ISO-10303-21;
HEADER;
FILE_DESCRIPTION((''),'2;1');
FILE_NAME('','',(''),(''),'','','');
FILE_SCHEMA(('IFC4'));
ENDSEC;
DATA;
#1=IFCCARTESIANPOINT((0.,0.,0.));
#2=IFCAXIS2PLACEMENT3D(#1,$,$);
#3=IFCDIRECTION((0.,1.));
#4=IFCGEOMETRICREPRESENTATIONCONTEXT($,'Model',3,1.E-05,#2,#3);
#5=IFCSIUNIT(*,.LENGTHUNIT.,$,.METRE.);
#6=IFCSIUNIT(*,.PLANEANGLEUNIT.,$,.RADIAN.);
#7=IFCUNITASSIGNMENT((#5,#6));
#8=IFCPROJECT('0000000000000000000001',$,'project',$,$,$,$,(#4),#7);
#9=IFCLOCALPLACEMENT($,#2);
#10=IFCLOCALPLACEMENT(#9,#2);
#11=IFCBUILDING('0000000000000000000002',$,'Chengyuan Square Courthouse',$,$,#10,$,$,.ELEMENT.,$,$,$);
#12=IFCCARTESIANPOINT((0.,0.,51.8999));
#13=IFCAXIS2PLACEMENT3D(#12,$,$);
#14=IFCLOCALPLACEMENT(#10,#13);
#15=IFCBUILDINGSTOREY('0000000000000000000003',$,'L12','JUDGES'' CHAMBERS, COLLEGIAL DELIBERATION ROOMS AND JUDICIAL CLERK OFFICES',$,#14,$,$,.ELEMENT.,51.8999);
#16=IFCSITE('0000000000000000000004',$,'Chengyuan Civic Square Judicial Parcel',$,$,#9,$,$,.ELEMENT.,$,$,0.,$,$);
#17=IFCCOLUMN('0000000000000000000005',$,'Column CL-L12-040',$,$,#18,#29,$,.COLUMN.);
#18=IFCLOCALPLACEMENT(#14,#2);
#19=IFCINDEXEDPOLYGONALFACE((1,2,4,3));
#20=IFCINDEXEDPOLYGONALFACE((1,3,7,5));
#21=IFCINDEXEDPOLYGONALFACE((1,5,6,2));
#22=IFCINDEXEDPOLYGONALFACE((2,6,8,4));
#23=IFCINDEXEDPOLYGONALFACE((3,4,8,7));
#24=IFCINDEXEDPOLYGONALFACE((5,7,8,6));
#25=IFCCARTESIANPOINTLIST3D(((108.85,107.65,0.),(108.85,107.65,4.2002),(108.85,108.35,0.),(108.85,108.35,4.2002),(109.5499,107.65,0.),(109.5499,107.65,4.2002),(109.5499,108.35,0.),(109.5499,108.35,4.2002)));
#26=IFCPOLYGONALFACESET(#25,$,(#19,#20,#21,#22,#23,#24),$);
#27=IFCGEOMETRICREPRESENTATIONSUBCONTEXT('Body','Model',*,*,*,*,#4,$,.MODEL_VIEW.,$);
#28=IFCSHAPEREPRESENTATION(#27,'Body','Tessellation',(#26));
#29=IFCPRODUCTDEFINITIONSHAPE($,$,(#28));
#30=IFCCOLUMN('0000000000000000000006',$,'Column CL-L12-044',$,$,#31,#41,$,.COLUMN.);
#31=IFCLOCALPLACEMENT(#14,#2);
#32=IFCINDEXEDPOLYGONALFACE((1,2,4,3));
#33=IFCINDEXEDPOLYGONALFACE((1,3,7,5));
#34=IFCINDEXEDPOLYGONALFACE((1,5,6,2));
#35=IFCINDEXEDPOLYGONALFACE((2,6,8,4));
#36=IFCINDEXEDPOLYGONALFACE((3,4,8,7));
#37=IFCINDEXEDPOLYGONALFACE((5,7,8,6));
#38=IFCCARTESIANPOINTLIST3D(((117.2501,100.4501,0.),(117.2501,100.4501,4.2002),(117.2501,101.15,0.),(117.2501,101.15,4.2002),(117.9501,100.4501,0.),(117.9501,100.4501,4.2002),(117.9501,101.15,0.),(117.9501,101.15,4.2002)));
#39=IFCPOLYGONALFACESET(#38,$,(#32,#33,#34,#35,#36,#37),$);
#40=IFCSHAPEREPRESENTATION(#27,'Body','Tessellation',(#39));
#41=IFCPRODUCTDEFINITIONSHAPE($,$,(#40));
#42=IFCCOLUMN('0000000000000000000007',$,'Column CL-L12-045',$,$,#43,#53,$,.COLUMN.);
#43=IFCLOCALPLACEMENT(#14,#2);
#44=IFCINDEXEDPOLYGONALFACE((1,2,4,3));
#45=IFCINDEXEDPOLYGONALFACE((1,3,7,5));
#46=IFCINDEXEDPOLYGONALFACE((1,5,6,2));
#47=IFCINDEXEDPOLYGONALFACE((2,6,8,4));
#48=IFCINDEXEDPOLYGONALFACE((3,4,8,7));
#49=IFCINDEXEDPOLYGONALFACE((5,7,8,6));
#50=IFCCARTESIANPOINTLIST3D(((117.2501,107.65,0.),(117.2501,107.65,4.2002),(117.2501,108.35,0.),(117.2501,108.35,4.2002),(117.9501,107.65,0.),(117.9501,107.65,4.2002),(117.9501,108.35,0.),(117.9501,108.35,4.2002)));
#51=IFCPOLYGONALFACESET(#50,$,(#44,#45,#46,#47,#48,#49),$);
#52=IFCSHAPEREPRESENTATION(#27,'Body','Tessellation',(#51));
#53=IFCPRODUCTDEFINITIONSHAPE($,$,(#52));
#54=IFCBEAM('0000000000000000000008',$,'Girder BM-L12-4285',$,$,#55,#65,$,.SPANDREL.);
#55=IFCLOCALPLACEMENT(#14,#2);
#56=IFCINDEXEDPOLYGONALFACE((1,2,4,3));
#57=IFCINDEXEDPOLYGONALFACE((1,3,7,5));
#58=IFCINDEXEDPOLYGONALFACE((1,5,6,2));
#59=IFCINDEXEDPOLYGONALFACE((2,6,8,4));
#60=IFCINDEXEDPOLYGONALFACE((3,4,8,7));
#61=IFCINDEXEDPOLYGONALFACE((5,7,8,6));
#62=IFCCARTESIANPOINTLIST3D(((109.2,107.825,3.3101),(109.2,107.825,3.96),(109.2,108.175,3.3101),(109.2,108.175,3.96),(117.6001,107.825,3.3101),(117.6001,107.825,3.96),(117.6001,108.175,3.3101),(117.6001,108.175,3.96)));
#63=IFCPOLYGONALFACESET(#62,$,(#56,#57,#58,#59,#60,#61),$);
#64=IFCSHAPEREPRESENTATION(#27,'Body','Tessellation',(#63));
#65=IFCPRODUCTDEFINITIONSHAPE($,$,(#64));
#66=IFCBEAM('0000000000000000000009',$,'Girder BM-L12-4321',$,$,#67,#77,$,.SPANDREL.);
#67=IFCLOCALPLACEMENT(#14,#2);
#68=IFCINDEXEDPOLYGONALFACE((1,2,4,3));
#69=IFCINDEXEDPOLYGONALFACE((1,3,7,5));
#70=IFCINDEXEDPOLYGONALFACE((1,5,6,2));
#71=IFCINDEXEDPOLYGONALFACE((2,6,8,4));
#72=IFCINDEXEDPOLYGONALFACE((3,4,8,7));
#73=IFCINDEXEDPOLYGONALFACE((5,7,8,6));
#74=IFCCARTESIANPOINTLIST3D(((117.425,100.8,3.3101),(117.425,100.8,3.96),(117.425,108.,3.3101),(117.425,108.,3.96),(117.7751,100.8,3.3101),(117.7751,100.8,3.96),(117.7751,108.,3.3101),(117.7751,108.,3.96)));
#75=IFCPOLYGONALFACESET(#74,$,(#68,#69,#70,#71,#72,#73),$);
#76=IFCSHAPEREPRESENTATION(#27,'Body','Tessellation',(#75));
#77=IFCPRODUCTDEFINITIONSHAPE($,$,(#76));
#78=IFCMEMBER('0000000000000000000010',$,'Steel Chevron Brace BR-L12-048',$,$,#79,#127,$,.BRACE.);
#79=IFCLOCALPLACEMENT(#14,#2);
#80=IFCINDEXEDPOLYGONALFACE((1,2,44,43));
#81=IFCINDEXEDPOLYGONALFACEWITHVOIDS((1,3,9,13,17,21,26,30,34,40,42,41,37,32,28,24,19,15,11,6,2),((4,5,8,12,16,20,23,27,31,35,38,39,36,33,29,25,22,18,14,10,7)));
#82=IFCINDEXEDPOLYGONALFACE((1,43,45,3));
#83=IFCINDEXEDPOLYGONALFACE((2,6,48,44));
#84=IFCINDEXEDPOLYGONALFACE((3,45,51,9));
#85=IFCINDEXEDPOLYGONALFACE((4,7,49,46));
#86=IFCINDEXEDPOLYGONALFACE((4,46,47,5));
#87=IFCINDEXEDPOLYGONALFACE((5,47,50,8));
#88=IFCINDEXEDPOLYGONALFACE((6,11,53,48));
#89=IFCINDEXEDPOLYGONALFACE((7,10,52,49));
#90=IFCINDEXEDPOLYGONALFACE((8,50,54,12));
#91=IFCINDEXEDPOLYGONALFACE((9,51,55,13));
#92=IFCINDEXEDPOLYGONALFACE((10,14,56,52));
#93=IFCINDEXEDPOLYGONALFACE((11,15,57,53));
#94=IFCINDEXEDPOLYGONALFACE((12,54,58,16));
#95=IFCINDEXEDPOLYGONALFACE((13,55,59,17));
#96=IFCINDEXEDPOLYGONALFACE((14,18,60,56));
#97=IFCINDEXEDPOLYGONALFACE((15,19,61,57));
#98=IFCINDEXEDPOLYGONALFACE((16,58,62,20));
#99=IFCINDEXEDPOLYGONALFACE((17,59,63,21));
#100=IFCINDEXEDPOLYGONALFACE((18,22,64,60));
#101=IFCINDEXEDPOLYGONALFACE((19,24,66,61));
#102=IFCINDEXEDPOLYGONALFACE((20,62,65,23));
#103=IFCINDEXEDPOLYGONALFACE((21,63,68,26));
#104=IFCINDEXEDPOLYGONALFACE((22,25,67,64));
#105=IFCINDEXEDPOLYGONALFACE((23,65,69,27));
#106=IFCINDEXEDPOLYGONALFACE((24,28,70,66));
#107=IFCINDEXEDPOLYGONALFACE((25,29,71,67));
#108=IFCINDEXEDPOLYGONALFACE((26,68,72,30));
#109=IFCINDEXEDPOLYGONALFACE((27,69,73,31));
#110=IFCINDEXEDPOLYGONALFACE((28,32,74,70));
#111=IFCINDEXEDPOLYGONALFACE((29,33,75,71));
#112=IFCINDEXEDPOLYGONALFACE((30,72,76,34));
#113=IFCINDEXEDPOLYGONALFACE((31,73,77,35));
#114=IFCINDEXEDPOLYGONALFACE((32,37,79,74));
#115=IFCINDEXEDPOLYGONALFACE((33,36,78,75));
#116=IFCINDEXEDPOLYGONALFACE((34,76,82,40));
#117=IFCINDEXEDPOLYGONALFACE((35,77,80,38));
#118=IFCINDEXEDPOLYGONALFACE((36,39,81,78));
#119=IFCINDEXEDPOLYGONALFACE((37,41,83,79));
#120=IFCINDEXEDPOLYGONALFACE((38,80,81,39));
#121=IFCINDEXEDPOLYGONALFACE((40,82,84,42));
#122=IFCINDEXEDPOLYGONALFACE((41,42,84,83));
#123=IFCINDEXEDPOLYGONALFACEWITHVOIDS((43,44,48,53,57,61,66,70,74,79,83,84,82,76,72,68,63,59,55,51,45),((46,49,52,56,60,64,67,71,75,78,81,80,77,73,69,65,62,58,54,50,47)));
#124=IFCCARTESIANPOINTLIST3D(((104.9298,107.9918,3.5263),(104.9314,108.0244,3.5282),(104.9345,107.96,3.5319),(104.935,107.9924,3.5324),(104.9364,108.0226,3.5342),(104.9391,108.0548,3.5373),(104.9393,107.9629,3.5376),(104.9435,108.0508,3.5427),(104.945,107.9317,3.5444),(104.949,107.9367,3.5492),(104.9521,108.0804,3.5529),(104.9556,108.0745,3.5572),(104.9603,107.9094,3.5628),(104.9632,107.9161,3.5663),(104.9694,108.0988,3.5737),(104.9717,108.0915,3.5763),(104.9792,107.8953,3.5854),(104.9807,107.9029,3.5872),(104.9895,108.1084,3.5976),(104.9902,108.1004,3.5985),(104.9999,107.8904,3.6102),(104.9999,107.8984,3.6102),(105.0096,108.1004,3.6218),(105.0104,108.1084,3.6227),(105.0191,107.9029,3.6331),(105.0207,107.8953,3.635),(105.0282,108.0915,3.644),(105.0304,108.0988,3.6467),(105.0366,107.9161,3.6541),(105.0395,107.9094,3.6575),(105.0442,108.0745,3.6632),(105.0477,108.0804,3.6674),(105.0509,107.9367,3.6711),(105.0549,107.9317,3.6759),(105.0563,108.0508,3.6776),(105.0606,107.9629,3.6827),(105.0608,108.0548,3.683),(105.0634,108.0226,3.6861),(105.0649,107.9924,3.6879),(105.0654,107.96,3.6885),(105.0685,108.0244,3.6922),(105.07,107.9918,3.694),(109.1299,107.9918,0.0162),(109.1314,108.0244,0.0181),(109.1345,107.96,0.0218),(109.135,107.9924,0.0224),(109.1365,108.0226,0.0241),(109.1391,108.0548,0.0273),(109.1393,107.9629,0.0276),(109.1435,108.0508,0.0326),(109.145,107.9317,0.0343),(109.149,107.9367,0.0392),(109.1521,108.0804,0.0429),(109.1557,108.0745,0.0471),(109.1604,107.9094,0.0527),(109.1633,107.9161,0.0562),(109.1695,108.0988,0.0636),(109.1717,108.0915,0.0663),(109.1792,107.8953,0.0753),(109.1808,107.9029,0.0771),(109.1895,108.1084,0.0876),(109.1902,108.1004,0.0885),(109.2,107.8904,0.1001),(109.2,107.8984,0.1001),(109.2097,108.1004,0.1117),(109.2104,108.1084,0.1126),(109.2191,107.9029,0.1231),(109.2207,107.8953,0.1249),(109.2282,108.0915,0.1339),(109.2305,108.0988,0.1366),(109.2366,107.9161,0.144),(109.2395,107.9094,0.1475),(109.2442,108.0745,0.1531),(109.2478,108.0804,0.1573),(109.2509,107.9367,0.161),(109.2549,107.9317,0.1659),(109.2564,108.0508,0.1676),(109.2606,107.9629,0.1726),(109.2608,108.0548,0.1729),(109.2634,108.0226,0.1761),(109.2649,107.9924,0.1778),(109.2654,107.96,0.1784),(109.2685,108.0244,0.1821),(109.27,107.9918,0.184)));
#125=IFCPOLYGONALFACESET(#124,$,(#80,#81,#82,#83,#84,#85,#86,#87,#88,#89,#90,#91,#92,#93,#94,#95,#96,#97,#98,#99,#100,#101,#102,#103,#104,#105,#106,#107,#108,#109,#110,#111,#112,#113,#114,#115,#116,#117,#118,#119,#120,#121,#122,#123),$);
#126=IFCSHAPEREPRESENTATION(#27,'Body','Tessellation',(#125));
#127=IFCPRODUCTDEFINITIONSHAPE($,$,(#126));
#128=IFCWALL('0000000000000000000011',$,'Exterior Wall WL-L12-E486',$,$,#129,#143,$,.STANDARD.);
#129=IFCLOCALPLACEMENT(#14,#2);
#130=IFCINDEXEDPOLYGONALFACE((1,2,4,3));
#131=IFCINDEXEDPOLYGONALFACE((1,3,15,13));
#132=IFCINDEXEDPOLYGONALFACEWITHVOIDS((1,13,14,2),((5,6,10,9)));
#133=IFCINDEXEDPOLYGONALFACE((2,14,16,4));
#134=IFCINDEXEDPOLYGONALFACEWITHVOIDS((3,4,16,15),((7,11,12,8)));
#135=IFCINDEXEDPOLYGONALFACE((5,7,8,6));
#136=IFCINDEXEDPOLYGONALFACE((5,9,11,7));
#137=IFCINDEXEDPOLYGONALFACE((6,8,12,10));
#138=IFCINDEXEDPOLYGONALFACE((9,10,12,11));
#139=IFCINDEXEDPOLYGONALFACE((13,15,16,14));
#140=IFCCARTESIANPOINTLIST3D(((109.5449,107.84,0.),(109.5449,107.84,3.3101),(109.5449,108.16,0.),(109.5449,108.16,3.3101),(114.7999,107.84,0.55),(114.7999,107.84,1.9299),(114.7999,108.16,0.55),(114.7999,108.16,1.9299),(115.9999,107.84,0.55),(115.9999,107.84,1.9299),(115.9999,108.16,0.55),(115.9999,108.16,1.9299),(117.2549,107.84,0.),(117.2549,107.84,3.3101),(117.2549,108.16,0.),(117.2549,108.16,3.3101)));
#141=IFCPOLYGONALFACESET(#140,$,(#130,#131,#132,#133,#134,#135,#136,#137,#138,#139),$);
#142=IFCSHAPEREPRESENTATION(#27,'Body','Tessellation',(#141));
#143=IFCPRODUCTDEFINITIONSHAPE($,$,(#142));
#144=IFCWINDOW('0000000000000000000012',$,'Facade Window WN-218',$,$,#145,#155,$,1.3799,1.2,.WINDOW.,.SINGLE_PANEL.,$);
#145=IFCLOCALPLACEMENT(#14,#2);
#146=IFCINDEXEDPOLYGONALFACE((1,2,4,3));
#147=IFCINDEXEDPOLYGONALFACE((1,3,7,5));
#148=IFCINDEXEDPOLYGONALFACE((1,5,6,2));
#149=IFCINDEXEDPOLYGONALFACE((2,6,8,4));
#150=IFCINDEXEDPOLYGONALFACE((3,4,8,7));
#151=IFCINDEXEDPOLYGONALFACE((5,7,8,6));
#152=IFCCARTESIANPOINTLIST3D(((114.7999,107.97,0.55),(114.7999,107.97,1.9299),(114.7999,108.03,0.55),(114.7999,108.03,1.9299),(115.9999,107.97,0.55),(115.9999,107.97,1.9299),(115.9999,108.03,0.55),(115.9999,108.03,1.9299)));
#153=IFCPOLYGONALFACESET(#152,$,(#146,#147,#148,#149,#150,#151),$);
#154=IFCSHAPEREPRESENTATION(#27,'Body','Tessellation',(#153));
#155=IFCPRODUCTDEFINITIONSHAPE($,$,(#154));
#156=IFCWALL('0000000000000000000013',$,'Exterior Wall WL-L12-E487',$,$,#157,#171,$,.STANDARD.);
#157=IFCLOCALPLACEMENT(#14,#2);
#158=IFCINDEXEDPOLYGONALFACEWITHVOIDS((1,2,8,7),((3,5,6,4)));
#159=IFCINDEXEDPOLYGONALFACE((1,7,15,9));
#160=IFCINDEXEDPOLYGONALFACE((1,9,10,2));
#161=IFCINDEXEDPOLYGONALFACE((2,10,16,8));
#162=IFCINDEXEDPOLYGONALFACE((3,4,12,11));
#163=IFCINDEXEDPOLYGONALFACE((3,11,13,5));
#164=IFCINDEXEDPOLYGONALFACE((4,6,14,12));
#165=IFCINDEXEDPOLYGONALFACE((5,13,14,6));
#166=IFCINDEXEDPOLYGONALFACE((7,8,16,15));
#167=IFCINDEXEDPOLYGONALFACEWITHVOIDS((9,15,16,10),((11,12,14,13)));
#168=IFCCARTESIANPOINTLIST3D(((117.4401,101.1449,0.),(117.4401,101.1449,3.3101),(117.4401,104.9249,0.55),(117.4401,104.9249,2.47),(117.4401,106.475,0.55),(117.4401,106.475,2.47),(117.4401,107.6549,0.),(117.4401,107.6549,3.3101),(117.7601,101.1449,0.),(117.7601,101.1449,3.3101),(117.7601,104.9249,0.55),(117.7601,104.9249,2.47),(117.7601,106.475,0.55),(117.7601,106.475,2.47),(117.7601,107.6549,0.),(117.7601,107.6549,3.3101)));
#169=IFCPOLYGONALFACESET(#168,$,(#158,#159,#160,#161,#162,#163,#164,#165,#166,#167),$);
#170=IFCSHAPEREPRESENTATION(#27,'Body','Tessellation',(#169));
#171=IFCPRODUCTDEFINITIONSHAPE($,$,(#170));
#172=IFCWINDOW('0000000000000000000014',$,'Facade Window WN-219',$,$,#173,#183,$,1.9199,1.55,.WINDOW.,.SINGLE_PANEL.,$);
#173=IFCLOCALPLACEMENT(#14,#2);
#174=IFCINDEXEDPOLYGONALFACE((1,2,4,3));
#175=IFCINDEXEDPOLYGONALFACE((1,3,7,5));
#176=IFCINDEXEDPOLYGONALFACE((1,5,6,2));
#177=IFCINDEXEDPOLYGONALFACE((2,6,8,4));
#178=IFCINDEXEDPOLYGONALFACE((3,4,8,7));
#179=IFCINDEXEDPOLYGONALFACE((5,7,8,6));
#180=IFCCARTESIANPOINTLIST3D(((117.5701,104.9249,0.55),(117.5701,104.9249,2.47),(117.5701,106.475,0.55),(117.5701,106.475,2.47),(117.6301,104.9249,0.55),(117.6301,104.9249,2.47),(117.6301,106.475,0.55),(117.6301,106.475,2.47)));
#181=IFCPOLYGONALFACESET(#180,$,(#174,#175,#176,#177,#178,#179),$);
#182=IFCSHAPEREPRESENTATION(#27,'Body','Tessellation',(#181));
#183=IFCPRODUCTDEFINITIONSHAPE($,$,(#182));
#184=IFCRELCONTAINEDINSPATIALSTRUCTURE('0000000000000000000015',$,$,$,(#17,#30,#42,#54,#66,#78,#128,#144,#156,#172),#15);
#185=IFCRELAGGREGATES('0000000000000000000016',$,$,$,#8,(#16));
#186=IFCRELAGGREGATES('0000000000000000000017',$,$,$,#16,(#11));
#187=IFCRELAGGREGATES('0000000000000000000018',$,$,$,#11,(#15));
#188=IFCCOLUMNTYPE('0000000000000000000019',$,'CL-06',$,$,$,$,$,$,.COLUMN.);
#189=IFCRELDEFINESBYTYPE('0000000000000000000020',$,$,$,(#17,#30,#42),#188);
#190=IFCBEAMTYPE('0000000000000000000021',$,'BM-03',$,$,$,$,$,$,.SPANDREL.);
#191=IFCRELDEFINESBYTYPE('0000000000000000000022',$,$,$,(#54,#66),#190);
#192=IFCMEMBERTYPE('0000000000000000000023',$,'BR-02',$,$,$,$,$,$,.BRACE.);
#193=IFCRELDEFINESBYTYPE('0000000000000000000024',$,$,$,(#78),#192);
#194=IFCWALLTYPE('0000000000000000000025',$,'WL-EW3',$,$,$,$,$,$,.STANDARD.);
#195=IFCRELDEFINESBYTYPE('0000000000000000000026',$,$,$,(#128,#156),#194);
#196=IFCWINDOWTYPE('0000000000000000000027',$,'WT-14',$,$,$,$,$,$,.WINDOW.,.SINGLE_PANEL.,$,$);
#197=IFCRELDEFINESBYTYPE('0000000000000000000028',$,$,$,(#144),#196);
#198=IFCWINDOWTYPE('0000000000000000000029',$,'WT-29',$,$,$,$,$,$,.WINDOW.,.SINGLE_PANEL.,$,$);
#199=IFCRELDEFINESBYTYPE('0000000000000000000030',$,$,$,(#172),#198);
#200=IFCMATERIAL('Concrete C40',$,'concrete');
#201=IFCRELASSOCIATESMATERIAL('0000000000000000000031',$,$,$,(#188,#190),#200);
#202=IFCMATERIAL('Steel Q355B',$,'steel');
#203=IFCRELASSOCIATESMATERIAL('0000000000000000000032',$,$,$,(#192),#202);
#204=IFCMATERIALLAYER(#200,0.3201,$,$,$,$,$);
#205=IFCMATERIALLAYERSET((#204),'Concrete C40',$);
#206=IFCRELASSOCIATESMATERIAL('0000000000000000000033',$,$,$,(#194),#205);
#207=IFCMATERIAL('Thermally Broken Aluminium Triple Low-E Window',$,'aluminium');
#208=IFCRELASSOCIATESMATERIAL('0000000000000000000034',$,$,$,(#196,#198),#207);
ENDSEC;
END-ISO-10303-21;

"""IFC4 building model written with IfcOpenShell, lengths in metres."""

from ifc_helpers import new_model, si_unit, direction, frame, frame_2d, origin, origin_2d, place, context, subcontext, project, spatial, rectangle, hollow_circle, extrude, material, layer, layer_set, material_profile, profile_set, type_object, element, fill, save


model = new_model("IFC4")

# Units and contexts
model_context = context("Model", 3, precision=1e-05, world=origin(), true_north=direction((0.0, 1.0)))
body_context = subcontext(model_context, "Body", "Model", "MODEL_VIEW")
ifc_project = project(units=[si_unit("LENGTHUNIT", "METRE"), si_unit("PLANEANGLEUNIT", "RADIAN")], contexts=[model_context])

# Site, building, storey
site_placement = place(None, origin())
site = spatial("IfcSite", under=ifc_project, at=site_placement, Name="Chengyuan Civic Square Judicial Parcel", CompositionType="ELEMENT", RefElevation=0.0)
building_placement = place(site_placement, origin())
building = spatial("IfcBuilding", under=site, at=building_placement, Name="Chengyuan Square Courthouse", CompositionType="ELEMENT")
storey_placement = place(building_placement, frame((0.0, 0.0, 51.8999)))
storey = spatial("IfcBuildingStorey", under=building, at=storey_placement, Name="L12", Description="JUDGES' CHAMBERS, COLLEGIAL DELIBERATION ROOMS AND JUDICIAL CLERK OFFICES", CompositionType="ELEMENT", Elevation=51.8999)

# Columns
ifc_material_1 = material(Name="Concrete C40", Category="concrete")
ifc_material_profile_1 = material_profile(ifc_material_1, rectangle(XDim=0.7, YDim=0.7, at=origin_2d()), Name="RC-COL-700x700")
ifc_profile_set_1 = profile_set([ifc_material_profile_1], Name="Concrete C40")
column_type = type_object("IfcColumnType", Name="CL-06", PredefinedType="COLUMN", material=ifc_profile_set_1)
for number, where, z_axis, x_axis, name in (
    (1, (109.2, 108.0, 0.0), (0.0, 0.0, 1.0), (1.0, 0.0, 0.0), "Column CL-L12-040"),
    (2, (117.6001, 100.8, 0.0), (0.0, 0.0, 1.0), (1.0, 0.0, 0.0), "Column CL-L12-044"),
    (3, (117.6001, 108.0, 0.0), (0.0, 0.0, 1.0), (1.0, 0.0, 0.0), "Column CL-L12-045"),
):
    element("IfcColumn", number, at=place(storey_placement, frame(where, z_axis=z_axis, x_axis=x_axis)), inside=storey, type_object=column_type, Name=name, PredefinedType="COLUMN", context=body_context, shape_type="SweptSolid", body=[
        extrude(rectangle(XDim=0.7, YDim=0.7, at=origin_2d()), origin(), (0.0, 0.0, 1.0), 4.2002),
    ])

# Beams
ifc_material_profile_2 = material_profile(ifc_material_1, rectangle(XDim=0.3501, YDim=0.6499, at=origin_2d()), Name="RC-BM-350x650")
ifc_profile_set_2 = profile_set([ifc_material_profile_2], Name="Concrete C40")
beam_type = type_object("IfcBeamType", Name="BM-03", PredefinedType="SPANDREL", material=ifc_profile_set_2)
beam_1_placement = place(storey_placement, frame((109.2, 108.0, 3.635), z_axis=(1.0, 0.0, 0.0), x_axis=(0.0, 1.0, 0.0)))
element("IfcBeam", 4, at=beam_1_placement, inside=storey, type_object=beam_type, Name="Girder BM-L12-4285", PredefinedType="SPANDREL", context=body_context, shape_type="SweptSolid", body=[
    extrude(rectangle(XDim=0.3501, YDim=0.6499, at=origin_2d()), origin(), (0.0, 0.0, 1.0), 8.4001),
])
beam_2_placement = place(storey_placement, frame((117.6001, 100.8, 3.635), z_axis=(0.0, 1.0, 0.0), x_axis=(-1.0, 0.0, 0.0)))
element("IfcBeam", 5, at=beam_2_placement, inside=storey, type_object=beam_type, Name="Girder BM-L12-4321", PredefinedType="SPANDREL", context=body_context, shape_type="SweptSolid", body=[
    extrude(rectangle(XDim=0.3501, YDim=0.6499, at=origin_2d()), origin(), (0.0, 0.0, 1.0), 7.2),
])

# Member
ifc_material_2 = material(Name="Steel Q355B", Category="steel")
ifc_material_profile_3 = material_profile(ifc_material_2, hollow_circle(Radius=0.1096, WallThickness=0.0081, at=origin_2d()), Name="CHS 219x8")
ifc_profile_set_3 = profile_set([ifc_material_profile_3], Name="Steel Q355B")
member_type = type_object("IfcMemberType", Name="BR-02", PredefinedType="BRACE", material=ifc_profile_set_3)
member_placement = place(storey_placement, frame((109.2, 108.0, 0.1001), z_axis=(-0.767317, 0.0, 0.641267), x_axis=(0.0, -1.0, 0.0)))
element("IfcMember", 6, at=member_placement, inside=storey, type_object=member_type, Name="Steel Chevron Brace BR-L12-048", PredefinedType="BRACE", context=body_context, shape_type="SweptSolid", body=[
    extrude(hollow_circle(Radius=0.1096, WallThickness=0.0081, at=origin_2d()), origin(), (0.0, 0.0, 1.0), 5.4736),
])

# Walls, openings, windows
ifc_layer_1 = layer(ifc_material_1, 0.3201)
ifc_layer_set_1 = layer_set([ifc_layer_1], Name="Concrete C40")
wall_type_1 = type_object("IfcWallType", Name="WL-EW3", PredefinedType="STANDARD", material=ifc_layer_set_1)
wall_1_placement = place(storey_placement, frame((109.5449, 108.0, 0.0), z_axis=(0.0, 0.0, 1.0), x_axis=(1.0, 0.0, 0.0)))
wall_1 = element("IfcWall", 7, at=wall_1_placement, inside=storey, type_object=wall_type_1, Name="Exterior Wall WL-L12-E486", PredefinedType="STANDARD", context=body_context, shape_type="SweptSolid", body=[
    extrude(rectangle(XDim=7.71, YDim=0.3201, at=frame_2d((3.855, 0.0))), origin(), (0.0, 0.0, 1.0), 3.3101),
])
opening_1_placement = place(wall_1_placement, frame((5.2549, 0.0, 0.55)))
opening_1 = element("IfcOpeningElement", 8, at=opening_1_placement, cuts=wall_1, PredefinedType="OPENING", context=body_context, shape_type="SweptSolid", body=[
    extrude(rectangle(XDim=1.2, YDim=1.3799, at=frame_2d((0.6001, 0.6899))), frame((0.0, 0.1721, 0.0), z_axis=(0.0, -1.0, 0.0), x_axis=(1.0, 0.0, 0.0)), (0.0, 0.0, 1.0), 0.344),
])
ifc_material_3 = material(Name="Thermally Broken Aluminium Triple Low-E Window", Category="aluminium")
window_type_1 = type_object("IfcWindowType", Name="WT-14", PartitioningType="SINGLE_PANEL", PredefinedType="WINDOW", material=ifc_material_3)
window_1_placement = place(opening_1_placement, origin())
window_1 = element("IfcWindow", 9, at=window_1_placement, inside=storey, type_object=window_type_1, Name="Facade Window WN-218", OverallHeight=1.3799, OverallWidth=1.2, PartitioningType="SINGLE_PANEL", PredefinedType="WINDOW", context=body_context, shape_type="SweptSolid", body=[
    extrude(rectangle(XDim=1.2, YDim=1.3799, at=frame_2d((0.6001, 0.6899))), frame((0.0, 0.03, 0.0), z_axis=(0.0, -1.0, 0.0), x_axis=(1.0, 0.0, 0.0)), (0.0, 0.0, 1.0), 0.0601),
])
fill(opening_1, window_1)
wall_2_placement = place(storey_placement, frame((117.6001, 101.145, 0.0), z_axis=(0.0, 0.0, 1.0), x_axis=(0.0, 1.0, 0.0)))
wall_2 = element("IfcWall", 10, at=wall_2_placement, inside=storey, type_object=wall_type_1, Name="Exterior Wall WL-L12-E487", PredefinedType="STANDARD", context=body_context, shape_type="SweptSolid", body=[
    extrude(rectangle(XDim=6.51, YDim=0.3201, at=frame_2d((3.2549, 0.0))), origin(), (0.0, 0.0, 1.0), 3.3101),
])
opening_2_placement = place(wall_2_placement, frame((3.78, 0.0, 0.55)))
opening_2 = element("IfcOpeningElement", 11, at=opening_2_placement, cuts=wall_2, PredefinedType="OPENING", context=body_context, shape_type="SweptSolid", body=[
    extrude(rectangle(XDim=1.55, YDim=1.9199, at=frame_2d((0.7749, 0.96))), frame((0.0, 0.1721, 0.0), z_axis=(0.0, -1.0, 0.0), x_axis=(1.0, 0.0, 0.0)), (0.0, 0.0, 1.0), 0.344),
])
window_type_2 = type_object("IfcWindowType", Name="WT-29", PartitioningType="SINGLE_PANEL", PredefinedType="WINDOW", material=ifc_material_3)
window_2_placement = place(opening_2_placement, origin())
window_2 = element("IfcWindow", 12, at=window_2_placement, inside=storey, type_object=window_type_2, Name="Facade Window WN-219", OverallHeight=1.9199, OverallWidth=1.55, PartitioningType="SINGLE_PANEL", PredefinedType="WINDOW", context=body_context, shape_type="SweptSolid", body=[
    extrude(rectangle(XDim=1.55, YDim=1.9199, at=frame_2d((0.7749, 0.96))), frame((0.0, 0.03, 0.0), z_axis=(0.0, -1.0, 0.0), x_axis=(1.0, 0.0, 0.0)), (0.0, 0.0, 1.0), 0.0601),
])
fill(opening_2, window_2)

save(model, "model.ifc")
